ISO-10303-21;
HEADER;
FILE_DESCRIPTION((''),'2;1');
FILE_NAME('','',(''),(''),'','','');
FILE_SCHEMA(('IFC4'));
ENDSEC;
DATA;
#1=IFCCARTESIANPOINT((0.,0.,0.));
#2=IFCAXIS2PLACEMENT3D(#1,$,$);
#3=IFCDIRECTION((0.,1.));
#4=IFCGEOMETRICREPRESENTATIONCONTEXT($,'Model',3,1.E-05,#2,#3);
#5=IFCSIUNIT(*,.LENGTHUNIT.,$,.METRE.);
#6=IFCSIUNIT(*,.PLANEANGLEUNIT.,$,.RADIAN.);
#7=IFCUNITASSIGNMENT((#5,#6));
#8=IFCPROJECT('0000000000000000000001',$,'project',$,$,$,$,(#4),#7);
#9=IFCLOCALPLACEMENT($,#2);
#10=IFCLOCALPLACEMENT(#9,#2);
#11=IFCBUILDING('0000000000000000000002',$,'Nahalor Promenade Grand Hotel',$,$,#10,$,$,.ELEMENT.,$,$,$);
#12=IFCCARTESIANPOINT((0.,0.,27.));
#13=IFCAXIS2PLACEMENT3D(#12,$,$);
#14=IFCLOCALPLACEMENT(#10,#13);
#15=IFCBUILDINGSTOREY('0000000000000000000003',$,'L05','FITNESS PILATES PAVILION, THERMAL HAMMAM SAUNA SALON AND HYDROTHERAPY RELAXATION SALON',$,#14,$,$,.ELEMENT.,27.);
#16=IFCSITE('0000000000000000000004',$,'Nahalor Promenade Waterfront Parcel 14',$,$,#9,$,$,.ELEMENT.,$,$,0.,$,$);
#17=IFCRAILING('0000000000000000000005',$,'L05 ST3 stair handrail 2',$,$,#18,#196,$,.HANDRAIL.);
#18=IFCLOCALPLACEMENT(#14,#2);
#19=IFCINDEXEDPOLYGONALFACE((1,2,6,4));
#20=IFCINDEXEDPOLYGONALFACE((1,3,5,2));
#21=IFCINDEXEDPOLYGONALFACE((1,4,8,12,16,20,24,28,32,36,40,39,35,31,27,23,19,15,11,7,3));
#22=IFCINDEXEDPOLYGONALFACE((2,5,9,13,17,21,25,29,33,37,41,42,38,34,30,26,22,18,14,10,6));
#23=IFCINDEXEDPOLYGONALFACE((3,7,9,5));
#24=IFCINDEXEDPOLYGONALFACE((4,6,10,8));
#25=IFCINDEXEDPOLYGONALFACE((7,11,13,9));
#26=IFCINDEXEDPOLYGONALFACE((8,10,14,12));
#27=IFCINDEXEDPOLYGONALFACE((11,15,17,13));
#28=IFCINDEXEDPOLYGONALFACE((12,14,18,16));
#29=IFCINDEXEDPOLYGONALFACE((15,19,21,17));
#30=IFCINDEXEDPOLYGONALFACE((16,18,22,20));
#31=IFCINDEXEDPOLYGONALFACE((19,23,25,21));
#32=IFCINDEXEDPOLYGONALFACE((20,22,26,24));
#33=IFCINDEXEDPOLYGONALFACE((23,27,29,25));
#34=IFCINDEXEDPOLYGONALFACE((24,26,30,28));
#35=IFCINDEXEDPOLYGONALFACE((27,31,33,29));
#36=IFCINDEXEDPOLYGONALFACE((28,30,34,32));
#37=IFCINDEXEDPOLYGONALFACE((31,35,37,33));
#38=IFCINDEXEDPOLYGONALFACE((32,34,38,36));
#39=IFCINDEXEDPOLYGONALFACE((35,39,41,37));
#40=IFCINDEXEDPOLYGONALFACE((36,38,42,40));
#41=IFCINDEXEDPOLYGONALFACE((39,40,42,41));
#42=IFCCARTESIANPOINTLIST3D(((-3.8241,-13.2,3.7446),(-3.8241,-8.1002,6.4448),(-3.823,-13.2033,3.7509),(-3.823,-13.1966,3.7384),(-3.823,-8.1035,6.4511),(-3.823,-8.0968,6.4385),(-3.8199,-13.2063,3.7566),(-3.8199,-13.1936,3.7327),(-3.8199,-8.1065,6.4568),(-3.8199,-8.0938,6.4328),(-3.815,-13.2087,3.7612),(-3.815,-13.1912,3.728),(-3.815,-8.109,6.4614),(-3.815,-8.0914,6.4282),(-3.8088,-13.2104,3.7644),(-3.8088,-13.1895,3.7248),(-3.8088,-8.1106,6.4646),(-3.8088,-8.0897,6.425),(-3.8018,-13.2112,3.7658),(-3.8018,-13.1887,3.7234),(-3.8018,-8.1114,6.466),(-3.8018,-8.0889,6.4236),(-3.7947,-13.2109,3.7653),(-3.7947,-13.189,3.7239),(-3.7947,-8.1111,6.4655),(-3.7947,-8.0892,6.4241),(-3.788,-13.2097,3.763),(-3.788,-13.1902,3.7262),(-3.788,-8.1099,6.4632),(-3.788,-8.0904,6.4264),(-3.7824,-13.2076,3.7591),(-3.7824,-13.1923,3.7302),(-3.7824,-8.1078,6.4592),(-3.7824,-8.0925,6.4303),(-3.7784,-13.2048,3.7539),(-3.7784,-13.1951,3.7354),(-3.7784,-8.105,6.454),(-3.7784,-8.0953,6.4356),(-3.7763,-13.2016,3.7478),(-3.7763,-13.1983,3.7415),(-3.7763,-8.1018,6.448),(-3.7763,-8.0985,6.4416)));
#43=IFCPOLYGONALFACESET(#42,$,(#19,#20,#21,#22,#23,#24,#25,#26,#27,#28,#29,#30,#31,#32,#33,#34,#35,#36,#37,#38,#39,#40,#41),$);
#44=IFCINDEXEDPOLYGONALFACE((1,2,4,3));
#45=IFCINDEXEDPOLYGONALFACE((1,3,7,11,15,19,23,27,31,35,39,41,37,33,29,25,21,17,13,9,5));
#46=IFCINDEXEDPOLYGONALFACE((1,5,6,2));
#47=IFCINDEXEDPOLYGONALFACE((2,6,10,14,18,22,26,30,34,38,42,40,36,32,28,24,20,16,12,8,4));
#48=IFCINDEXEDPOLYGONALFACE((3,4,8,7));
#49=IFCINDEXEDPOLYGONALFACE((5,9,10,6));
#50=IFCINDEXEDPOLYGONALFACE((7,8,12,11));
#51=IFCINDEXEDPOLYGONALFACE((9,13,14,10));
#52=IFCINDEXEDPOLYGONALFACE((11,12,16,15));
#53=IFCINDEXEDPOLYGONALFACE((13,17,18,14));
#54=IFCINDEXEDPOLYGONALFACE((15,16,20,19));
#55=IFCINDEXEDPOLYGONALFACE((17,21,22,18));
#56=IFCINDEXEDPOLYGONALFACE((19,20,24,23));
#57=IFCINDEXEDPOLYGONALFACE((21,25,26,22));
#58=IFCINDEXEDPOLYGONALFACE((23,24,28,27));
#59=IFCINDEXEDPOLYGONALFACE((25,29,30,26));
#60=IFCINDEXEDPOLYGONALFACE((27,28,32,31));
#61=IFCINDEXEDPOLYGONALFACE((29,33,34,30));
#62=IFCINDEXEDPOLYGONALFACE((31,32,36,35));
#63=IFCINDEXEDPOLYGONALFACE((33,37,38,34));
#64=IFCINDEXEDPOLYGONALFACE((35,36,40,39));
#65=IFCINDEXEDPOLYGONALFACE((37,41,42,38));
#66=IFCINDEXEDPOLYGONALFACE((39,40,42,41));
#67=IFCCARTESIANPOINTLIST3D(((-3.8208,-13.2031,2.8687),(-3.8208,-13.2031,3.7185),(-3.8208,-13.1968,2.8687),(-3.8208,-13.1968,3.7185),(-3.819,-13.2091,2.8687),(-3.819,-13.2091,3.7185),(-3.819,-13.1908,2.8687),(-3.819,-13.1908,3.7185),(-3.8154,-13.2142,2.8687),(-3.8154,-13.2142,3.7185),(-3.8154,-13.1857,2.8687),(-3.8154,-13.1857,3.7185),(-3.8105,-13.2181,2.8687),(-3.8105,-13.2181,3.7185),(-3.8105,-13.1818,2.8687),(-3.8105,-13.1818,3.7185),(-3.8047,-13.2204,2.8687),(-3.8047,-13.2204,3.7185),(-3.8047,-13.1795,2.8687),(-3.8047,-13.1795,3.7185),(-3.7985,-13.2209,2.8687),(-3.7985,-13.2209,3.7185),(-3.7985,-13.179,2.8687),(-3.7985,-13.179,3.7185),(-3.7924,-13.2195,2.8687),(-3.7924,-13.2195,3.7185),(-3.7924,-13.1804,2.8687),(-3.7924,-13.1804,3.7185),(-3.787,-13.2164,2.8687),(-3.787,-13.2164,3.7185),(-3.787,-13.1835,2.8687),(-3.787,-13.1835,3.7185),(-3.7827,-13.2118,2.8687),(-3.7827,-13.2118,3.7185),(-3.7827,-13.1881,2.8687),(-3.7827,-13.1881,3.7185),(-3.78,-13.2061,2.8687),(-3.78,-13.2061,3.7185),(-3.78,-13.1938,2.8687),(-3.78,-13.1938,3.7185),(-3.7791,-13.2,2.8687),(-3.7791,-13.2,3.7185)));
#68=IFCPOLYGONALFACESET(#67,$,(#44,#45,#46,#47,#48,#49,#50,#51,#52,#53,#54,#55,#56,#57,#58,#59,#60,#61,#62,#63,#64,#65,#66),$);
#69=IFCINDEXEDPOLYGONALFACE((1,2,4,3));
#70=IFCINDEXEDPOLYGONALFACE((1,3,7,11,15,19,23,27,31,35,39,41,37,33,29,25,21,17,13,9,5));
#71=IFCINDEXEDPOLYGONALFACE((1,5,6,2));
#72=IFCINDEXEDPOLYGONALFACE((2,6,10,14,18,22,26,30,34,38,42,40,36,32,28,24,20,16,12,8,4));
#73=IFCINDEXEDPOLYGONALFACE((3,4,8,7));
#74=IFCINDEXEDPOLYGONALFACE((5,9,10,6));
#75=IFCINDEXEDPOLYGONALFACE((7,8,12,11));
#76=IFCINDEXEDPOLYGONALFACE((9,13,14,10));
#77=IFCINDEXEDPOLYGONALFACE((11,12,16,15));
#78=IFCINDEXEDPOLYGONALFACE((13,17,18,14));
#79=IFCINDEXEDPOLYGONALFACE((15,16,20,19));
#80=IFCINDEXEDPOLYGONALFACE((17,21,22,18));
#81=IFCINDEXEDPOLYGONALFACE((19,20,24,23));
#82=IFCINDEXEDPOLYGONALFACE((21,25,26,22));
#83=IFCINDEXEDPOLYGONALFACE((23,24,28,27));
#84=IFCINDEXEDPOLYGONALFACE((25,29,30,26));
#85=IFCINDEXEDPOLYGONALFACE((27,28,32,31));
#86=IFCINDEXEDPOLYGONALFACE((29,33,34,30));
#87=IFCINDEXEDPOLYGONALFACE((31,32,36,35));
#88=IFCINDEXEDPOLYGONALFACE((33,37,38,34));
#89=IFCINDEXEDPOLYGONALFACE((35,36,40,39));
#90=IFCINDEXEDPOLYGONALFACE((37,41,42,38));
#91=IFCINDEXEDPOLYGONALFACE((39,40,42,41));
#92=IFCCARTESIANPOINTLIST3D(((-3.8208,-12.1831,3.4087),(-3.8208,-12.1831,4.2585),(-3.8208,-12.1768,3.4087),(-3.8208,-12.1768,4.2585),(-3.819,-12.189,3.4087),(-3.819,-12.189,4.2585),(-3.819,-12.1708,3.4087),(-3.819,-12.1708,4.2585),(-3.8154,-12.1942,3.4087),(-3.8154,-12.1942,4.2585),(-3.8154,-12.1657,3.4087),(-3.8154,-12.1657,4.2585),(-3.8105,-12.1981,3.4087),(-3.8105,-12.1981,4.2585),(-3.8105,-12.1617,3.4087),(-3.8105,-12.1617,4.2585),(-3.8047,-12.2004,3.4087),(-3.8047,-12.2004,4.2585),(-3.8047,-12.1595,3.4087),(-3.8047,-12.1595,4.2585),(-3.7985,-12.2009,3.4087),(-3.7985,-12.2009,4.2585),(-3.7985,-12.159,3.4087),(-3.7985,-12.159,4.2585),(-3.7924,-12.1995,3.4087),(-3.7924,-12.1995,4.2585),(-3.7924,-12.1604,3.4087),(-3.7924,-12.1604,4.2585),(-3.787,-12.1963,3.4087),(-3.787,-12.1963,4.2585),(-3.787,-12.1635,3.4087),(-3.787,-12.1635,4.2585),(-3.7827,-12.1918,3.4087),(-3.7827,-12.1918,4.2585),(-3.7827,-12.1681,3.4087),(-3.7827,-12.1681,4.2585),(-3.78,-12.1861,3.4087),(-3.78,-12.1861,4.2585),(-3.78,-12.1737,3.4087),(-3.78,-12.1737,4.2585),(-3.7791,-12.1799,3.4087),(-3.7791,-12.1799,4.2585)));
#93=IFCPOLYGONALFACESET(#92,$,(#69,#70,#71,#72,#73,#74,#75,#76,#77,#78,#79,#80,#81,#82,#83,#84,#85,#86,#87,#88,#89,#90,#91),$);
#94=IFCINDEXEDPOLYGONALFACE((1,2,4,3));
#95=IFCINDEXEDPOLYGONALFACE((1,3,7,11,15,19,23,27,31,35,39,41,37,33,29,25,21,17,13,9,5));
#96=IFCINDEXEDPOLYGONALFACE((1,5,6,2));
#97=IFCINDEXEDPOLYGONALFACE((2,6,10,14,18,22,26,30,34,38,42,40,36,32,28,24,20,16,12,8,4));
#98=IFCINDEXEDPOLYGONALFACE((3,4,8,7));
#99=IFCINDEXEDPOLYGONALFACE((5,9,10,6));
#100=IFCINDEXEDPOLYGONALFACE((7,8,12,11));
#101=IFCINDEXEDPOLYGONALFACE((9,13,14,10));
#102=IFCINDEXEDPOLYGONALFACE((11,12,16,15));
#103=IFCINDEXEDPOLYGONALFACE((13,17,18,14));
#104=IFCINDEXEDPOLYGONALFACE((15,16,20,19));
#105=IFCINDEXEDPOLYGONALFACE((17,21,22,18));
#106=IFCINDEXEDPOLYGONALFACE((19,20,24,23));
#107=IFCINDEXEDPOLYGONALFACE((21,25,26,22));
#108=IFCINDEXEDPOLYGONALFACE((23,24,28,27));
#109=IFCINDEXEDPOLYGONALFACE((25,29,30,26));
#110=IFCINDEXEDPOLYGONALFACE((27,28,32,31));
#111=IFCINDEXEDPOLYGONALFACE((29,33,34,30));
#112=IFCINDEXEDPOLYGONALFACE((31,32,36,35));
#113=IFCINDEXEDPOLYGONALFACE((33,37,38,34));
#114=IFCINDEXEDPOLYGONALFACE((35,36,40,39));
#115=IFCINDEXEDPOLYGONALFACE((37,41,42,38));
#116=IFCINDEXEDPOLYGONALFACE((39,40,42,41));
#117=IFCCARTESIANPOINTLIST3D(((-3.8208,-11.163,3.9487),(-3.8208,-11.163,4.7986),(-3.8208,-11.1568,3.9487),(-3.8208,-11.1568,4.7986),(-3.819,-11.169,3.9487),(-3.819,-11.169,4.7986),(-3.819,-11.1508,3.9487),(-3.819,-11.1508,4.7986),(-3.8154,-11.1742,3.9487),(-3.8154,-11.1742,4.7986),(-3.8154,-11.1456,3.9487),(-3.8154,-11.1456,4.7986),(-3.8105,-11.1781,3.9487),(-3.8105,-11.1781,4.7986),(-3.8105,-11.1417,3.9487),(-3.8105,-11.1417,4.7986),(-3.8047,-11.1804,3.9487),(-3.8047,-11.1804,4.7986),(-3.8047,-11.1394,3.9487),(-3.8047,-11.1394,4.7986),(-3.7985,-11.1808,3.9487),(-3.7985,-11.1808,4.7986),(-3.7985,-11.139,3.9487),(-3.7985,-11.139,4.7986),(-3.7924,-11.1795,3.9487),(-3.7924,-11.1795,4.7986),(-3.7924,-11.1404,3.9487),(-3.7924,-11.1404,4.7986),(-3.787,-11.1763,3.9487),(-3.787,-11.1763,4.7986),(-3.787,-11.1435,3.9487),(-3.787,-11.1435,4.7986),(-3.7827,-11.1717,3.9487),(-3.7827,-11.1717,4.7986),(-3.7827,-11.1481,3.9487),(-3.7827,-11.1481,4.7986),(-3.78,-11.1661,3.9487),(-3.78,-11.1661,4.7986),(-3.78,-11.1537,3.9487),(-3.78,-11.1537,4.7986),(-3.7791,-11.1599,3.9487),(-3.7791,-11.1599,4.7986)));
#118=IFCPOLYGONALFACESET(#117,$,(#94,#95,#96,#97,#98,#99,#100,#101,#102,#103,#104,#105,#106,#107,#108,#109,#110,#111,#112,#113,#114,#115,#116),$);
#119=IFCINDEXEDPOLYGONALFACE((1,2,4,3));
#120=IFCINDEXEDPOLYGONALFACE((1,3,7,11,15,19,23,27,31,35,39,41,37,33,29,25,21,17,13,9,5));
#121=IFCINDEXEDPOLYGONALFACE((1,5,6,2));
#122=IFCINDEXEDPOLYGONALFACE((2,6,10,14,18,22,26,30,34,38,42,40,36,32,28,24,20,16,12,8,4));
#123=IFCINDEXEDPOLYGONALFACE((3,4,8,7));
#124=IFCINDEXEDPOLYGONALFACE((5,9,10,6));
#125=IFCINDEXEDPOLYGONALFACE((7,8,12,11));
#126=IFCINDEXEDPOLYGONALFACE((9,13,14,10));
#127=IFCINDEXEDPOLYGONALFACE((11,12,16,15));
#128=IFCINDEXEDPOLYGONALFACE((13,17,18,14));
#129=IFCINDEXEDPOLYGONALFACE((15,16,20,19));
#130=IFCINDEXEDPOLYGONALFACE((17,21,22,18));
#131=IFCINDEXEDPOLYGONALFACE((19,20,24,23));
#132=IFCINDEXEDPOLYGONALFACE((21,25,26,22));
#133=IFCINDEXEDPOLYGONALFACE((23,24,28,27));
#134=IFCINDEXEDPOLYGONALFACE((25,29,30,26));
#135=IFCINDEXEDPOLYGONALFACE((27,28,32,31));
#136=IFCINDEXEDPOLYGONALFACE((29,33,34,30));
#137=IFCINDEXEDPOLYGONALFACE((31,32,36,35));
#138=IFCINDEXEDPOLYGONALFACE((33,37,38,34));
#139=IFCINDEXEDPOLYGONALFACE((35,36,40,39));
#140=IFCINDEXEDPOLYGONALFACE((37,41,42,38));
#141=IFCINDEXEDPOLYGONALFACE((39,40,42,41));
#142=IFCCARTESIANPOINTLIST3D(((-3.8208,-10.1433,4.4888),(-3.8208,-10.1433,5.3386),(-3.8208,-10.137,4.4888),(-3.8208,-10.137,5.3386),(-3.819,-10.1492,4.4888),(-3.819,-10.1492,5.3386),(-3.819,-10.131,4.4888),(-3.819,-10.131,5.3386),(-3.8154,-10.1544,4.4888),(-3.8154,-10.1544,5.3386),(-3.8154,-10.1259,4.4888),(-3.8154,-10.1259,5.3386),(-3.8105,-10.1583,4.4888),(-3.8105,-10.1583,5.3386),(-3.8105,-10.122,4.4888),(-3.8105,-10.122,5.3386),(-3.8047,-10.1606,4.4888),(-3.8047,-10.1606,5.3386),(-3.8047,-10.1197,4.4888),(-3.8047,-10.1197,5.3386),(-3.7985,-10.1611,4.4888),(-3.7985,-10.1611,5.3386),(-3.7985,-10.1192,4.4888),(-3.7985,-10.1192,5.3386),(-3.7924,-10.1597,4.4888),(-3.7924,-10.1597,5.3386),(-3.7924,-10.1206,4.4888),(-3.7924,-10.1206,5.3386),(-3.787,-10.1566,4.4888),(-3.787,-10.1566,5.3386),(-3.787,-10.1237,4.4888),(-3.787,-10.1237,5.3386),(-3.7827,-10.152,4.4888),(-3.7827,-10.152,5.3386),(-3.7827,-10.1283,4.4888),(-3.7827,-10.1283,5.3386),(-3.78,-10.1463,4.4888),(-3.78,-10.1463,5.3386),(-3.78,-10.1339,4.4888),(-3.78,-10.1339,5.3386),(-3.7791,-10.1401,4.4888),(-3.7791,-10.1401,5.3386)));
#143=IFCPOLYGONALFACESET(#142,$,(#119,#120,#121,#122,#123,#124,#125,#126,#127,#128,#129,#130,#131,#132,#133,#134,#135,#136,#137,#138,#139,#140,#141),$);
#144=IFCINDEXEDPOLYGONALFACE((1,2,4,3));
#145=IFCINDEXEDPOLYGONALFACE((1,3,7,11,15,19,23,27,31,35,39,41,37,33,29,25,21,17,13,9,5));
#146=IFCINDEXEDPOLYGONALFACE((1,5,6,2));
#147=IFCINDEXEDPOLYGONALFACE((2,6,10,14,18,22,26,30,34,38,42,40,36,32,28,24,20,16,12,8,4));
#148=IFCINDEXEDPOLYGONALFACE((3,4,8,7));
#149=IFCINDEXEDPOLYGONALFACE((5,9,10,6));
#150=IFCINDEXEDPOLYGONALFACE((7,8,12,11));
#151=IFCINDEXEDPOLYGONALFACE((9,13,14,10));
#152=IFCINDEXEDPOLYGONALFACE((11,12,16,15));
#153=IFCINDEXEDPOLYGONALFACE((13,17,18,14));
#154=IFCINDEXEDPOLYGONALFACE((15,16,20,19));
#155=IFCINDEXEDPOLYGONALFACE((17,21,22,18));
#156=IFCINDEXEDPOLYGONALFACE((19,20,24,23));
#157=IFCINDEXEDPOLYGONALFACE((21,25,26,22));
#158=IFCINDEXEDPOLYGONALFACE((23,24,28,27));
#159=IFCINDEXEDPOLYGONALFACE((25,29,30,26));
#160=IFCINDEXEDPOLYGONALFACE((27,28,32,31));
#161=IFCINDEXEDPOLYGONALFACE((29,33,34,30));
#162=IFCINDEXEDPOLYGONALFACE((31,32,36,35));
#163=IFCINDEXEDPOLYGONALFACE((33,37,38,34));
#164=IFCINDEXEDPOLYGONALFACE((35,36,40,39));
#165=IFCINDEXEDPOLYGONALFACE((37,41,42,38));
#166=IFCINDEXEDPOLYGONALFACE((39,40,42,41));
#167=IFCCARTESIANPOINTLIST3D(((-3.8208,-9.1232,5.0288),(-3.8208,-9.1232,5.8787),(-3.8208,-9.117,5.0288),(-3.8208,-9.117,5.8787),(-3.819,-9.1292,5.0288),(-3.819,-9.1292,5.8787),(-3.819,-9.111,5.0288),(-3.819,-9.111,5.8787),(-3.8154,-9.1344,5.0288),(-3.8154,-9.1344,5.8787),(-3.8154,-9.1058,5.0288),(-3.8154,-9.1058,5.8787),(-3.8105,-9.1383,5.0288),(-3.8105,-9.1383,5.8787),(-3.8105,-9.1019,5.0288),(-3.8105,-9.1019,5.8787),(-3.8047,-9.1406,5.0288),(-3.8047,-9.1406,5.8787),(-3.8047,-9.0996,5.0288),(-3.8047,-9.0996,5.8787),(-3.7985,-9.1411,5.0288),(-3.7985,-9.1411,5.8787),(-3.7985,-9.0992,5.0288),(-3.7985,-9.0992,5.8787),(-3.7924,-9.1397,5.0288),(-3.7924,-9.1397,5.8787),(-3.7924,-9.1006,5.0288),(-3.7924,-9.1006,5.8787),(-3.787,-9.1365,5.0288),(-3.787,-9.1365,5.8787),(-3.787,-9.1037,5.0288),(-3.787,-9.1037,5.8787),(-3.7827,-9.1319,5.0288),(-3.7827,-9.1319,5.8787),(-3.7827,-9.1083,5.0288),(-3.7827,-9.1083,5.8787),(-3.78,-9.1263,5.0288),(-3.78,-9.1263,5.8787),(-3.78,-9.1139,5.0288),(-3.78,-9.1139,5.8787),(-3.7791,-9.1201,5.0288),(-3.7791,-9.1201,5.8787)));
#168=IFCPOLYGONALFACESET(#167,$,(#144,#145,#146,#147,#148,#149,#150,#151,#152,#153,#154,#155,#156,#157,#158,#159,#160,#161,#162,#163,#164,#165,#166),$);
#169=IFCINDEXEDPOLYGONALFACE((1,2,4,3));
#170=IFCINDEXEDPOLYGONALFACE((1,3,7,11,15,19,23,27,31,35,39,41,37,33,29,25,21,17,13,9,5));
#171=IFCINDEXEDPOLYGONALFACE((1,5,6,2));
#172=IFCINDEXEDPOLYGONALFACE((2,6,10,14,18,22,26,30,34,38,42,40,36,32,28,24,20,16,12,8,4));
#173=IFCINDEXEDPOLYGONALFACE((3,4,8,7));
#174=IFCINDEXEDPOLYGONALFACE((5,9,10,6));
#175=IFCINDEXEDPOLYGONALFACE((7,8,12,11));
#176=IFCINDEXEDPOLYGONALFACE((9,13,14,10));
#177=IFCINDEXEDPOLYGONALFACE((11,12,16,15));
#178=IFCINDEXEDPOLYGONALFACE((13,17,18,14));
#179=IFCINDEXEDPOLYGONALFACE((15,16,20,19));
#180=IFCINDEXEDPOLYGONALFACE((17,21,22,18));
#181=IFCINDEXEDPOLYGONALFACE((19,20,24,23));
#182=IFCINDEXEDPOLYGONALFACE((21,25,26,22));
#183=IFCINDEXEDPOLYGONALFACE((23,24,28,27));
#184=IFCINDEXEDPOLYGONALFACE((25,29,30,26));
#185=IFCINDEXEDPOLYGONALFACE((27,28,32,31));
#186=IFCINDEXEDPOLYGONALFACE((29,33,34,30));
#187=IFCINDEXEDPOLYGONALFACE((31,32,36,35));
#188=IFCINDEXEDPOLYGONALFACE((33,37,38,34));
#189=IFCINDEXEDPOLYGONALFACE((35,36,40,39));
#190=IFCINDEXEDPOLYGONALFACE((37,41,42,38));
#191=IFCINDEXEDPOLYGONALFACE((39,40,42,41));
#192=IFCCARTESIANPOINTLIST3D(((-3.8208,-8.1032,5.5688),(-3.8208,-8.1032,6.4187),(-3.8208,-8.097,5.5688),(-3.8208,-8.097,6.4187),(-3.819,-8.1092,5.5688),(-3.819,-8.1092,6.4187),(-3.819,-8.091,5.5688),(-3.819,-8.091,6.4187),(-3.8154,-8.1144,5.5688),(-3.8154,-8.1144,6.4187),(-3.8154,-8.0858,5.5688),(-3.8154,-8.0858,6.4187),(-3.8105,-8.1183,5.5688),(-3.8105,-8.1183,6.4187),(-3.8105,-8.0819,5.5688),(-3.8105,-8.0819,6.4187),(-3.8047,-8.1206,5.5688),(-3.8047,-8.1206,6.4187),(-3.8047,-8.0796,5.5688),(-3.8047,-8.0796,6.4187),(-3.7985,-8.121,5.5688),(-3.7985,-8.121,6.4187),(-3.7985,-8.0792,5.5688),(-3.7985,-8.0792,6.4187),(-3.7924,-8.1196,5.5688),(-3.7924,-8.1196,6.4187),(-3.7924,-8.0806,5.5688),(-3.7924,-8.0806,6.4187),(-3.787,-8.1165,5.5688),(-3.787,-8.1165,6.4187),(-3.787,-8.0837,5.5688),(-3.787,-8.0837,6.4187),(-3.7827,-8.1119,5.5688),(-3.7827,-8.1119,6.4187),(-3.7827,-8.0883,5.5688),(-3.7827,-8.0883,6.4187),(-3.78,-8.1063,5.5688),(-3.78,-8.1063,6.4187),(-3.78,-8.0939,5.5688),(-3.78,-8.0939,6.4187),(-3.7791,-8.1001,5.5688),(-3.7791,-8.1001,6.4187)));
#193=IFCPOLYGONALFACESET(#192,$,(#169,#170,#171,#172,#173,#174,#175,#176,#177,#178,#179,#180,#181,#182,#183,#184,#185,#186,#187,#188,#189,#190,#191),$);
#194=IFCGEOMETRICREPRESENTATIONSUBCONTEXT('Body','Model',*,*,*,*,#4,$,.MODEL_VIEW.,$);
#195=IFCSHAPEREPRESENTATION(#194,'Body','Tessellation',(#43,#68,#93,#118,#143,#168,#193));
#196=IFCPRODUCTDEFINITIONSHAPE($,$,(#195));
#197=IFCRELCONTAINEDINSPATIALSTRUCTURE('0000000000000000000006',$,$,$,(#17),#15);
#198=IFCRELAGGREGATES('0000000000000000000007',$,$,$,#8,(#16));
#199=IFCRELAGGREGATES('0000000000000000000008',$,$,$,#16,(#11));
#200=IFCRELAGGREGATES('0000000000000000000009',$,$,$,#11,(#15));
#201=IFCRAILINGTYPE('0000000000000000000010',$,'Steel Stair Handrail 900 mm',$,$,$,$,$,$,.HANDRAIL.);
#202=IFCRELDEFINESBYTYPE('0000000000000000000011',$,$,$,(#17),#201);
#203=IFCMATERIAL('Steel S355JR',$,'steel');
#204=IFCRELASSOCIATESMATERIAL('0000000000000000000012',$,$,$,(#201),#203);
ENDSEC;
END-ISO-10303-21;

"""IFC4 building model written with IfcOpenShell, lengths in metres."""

from ifc_helpers import new_model, si_unit, direction, frame, origin, origin_2d, place, context, subcontext, project, spatial, circle, extrude, material, type_object, element, save


model = new_model("IFC4")

# Units and contexts
model_context = context("Model", 3, precision=1e-05, world=origin(), true_north=direction((0.0, 1.0)))
body_context = subcontext(model_context, "Body", "Model", "MODEL_VIEW")
ifc_project = project(units=[si_unit("LENGTHUNIT", "METRE"), si_unit("PLANEANGLEUNIT", "RADIAN")], contexts=[model_context])

# Site, building, storey
site_placement = place(None, origin())
site = spatial("IfcSite", under=ifc_project, at=site_placement, Name="Nahalor Promenade Waterfront Parcel 14", CompositionType="ELEMENT", RefElevation=0.0)
building_placement = place(site_placement, origin())
building = spatial("IfcBuilding", under=site, at=building_placement, Name="Nahalor Promenade Grand Hotel", CompositionType="ELEMENT")
storey_placement = place(building_placement, frame((0.0, 0.0, 27.0)))
storey = spatial("IfcBuildingStorey", under=building, at=storey_placement, Name="L05", Description="FITNESS PILATES PAVILION, THERMAL HAMMAM SAUNA SALON AND HYDROTHERAPY RELAXATION SALON", CompositionType="ELEMENT", Elevation=27.0)

# Shared definitions
ifc_material_1 = material(Name="Steel S355JR", Category="steel")

# Railing
railing_type_1 = type_object("IfcRailingType", Name="Steel Stair Handrail 900 mm", PredefinedType="HANDRAIL", material=ifc_material_1)
railing_1_placement = place(storey_placement, frame((-3.8, -13.2, 2.8687)))
element("IfcRailing", 1, at=railing_1_placement, inside=storey, type_object=railing_type_1, Name="L05 ST3 stair handrail 2", PredefinedType="HANDRAIL", context=body_context, shape_type="SweptSolid", body=[
    extrude(circle(Radius=0.024, at=origin_2d()), frame((0.0, 0.0, 0.876), z_axis=(0.0, 0.883768, 0.467925), x_axis=(-1.0, 0.0, 0.0)), (0.0, 0.0, 1.0), 5.7705),
    extrude(circle(Radius=0.021, at=origin_2d()), origin(), (0.0, 0.0, 1.0), 0.8499),
    extrude(circle(Radius=0.021, at=origin_2d()), frame((0.0, 1.02, 0.54)), (0.0, 0.0, 1.0), 0.8499),
    extrude(circle(Radius=0.021, at=origin_2d()), frame((0.0, 2.04, 1.0801)), (0.0, 0.0, 1.0), 0.8499),
    extrude(circle(Radius=0.021, at=origin_2d()), frame((0.0, 3.0598, 1.6201)), (0.0, 0.0, 1.0), 0.8499),
    extrude(circle(Radius=0.021, at=origin_2d()), frame((0.0, 4.0798, 2.1602)), (0.0, 0.0, 1.0), 0.8499),
    extrude(circle(Radius=0.021, at=origin_2d()), frame((0.0, 5.0999, 2.7002)), (0.0, 0.0, 1.0), 0.8499),
])

save(model, "model.ifc")
